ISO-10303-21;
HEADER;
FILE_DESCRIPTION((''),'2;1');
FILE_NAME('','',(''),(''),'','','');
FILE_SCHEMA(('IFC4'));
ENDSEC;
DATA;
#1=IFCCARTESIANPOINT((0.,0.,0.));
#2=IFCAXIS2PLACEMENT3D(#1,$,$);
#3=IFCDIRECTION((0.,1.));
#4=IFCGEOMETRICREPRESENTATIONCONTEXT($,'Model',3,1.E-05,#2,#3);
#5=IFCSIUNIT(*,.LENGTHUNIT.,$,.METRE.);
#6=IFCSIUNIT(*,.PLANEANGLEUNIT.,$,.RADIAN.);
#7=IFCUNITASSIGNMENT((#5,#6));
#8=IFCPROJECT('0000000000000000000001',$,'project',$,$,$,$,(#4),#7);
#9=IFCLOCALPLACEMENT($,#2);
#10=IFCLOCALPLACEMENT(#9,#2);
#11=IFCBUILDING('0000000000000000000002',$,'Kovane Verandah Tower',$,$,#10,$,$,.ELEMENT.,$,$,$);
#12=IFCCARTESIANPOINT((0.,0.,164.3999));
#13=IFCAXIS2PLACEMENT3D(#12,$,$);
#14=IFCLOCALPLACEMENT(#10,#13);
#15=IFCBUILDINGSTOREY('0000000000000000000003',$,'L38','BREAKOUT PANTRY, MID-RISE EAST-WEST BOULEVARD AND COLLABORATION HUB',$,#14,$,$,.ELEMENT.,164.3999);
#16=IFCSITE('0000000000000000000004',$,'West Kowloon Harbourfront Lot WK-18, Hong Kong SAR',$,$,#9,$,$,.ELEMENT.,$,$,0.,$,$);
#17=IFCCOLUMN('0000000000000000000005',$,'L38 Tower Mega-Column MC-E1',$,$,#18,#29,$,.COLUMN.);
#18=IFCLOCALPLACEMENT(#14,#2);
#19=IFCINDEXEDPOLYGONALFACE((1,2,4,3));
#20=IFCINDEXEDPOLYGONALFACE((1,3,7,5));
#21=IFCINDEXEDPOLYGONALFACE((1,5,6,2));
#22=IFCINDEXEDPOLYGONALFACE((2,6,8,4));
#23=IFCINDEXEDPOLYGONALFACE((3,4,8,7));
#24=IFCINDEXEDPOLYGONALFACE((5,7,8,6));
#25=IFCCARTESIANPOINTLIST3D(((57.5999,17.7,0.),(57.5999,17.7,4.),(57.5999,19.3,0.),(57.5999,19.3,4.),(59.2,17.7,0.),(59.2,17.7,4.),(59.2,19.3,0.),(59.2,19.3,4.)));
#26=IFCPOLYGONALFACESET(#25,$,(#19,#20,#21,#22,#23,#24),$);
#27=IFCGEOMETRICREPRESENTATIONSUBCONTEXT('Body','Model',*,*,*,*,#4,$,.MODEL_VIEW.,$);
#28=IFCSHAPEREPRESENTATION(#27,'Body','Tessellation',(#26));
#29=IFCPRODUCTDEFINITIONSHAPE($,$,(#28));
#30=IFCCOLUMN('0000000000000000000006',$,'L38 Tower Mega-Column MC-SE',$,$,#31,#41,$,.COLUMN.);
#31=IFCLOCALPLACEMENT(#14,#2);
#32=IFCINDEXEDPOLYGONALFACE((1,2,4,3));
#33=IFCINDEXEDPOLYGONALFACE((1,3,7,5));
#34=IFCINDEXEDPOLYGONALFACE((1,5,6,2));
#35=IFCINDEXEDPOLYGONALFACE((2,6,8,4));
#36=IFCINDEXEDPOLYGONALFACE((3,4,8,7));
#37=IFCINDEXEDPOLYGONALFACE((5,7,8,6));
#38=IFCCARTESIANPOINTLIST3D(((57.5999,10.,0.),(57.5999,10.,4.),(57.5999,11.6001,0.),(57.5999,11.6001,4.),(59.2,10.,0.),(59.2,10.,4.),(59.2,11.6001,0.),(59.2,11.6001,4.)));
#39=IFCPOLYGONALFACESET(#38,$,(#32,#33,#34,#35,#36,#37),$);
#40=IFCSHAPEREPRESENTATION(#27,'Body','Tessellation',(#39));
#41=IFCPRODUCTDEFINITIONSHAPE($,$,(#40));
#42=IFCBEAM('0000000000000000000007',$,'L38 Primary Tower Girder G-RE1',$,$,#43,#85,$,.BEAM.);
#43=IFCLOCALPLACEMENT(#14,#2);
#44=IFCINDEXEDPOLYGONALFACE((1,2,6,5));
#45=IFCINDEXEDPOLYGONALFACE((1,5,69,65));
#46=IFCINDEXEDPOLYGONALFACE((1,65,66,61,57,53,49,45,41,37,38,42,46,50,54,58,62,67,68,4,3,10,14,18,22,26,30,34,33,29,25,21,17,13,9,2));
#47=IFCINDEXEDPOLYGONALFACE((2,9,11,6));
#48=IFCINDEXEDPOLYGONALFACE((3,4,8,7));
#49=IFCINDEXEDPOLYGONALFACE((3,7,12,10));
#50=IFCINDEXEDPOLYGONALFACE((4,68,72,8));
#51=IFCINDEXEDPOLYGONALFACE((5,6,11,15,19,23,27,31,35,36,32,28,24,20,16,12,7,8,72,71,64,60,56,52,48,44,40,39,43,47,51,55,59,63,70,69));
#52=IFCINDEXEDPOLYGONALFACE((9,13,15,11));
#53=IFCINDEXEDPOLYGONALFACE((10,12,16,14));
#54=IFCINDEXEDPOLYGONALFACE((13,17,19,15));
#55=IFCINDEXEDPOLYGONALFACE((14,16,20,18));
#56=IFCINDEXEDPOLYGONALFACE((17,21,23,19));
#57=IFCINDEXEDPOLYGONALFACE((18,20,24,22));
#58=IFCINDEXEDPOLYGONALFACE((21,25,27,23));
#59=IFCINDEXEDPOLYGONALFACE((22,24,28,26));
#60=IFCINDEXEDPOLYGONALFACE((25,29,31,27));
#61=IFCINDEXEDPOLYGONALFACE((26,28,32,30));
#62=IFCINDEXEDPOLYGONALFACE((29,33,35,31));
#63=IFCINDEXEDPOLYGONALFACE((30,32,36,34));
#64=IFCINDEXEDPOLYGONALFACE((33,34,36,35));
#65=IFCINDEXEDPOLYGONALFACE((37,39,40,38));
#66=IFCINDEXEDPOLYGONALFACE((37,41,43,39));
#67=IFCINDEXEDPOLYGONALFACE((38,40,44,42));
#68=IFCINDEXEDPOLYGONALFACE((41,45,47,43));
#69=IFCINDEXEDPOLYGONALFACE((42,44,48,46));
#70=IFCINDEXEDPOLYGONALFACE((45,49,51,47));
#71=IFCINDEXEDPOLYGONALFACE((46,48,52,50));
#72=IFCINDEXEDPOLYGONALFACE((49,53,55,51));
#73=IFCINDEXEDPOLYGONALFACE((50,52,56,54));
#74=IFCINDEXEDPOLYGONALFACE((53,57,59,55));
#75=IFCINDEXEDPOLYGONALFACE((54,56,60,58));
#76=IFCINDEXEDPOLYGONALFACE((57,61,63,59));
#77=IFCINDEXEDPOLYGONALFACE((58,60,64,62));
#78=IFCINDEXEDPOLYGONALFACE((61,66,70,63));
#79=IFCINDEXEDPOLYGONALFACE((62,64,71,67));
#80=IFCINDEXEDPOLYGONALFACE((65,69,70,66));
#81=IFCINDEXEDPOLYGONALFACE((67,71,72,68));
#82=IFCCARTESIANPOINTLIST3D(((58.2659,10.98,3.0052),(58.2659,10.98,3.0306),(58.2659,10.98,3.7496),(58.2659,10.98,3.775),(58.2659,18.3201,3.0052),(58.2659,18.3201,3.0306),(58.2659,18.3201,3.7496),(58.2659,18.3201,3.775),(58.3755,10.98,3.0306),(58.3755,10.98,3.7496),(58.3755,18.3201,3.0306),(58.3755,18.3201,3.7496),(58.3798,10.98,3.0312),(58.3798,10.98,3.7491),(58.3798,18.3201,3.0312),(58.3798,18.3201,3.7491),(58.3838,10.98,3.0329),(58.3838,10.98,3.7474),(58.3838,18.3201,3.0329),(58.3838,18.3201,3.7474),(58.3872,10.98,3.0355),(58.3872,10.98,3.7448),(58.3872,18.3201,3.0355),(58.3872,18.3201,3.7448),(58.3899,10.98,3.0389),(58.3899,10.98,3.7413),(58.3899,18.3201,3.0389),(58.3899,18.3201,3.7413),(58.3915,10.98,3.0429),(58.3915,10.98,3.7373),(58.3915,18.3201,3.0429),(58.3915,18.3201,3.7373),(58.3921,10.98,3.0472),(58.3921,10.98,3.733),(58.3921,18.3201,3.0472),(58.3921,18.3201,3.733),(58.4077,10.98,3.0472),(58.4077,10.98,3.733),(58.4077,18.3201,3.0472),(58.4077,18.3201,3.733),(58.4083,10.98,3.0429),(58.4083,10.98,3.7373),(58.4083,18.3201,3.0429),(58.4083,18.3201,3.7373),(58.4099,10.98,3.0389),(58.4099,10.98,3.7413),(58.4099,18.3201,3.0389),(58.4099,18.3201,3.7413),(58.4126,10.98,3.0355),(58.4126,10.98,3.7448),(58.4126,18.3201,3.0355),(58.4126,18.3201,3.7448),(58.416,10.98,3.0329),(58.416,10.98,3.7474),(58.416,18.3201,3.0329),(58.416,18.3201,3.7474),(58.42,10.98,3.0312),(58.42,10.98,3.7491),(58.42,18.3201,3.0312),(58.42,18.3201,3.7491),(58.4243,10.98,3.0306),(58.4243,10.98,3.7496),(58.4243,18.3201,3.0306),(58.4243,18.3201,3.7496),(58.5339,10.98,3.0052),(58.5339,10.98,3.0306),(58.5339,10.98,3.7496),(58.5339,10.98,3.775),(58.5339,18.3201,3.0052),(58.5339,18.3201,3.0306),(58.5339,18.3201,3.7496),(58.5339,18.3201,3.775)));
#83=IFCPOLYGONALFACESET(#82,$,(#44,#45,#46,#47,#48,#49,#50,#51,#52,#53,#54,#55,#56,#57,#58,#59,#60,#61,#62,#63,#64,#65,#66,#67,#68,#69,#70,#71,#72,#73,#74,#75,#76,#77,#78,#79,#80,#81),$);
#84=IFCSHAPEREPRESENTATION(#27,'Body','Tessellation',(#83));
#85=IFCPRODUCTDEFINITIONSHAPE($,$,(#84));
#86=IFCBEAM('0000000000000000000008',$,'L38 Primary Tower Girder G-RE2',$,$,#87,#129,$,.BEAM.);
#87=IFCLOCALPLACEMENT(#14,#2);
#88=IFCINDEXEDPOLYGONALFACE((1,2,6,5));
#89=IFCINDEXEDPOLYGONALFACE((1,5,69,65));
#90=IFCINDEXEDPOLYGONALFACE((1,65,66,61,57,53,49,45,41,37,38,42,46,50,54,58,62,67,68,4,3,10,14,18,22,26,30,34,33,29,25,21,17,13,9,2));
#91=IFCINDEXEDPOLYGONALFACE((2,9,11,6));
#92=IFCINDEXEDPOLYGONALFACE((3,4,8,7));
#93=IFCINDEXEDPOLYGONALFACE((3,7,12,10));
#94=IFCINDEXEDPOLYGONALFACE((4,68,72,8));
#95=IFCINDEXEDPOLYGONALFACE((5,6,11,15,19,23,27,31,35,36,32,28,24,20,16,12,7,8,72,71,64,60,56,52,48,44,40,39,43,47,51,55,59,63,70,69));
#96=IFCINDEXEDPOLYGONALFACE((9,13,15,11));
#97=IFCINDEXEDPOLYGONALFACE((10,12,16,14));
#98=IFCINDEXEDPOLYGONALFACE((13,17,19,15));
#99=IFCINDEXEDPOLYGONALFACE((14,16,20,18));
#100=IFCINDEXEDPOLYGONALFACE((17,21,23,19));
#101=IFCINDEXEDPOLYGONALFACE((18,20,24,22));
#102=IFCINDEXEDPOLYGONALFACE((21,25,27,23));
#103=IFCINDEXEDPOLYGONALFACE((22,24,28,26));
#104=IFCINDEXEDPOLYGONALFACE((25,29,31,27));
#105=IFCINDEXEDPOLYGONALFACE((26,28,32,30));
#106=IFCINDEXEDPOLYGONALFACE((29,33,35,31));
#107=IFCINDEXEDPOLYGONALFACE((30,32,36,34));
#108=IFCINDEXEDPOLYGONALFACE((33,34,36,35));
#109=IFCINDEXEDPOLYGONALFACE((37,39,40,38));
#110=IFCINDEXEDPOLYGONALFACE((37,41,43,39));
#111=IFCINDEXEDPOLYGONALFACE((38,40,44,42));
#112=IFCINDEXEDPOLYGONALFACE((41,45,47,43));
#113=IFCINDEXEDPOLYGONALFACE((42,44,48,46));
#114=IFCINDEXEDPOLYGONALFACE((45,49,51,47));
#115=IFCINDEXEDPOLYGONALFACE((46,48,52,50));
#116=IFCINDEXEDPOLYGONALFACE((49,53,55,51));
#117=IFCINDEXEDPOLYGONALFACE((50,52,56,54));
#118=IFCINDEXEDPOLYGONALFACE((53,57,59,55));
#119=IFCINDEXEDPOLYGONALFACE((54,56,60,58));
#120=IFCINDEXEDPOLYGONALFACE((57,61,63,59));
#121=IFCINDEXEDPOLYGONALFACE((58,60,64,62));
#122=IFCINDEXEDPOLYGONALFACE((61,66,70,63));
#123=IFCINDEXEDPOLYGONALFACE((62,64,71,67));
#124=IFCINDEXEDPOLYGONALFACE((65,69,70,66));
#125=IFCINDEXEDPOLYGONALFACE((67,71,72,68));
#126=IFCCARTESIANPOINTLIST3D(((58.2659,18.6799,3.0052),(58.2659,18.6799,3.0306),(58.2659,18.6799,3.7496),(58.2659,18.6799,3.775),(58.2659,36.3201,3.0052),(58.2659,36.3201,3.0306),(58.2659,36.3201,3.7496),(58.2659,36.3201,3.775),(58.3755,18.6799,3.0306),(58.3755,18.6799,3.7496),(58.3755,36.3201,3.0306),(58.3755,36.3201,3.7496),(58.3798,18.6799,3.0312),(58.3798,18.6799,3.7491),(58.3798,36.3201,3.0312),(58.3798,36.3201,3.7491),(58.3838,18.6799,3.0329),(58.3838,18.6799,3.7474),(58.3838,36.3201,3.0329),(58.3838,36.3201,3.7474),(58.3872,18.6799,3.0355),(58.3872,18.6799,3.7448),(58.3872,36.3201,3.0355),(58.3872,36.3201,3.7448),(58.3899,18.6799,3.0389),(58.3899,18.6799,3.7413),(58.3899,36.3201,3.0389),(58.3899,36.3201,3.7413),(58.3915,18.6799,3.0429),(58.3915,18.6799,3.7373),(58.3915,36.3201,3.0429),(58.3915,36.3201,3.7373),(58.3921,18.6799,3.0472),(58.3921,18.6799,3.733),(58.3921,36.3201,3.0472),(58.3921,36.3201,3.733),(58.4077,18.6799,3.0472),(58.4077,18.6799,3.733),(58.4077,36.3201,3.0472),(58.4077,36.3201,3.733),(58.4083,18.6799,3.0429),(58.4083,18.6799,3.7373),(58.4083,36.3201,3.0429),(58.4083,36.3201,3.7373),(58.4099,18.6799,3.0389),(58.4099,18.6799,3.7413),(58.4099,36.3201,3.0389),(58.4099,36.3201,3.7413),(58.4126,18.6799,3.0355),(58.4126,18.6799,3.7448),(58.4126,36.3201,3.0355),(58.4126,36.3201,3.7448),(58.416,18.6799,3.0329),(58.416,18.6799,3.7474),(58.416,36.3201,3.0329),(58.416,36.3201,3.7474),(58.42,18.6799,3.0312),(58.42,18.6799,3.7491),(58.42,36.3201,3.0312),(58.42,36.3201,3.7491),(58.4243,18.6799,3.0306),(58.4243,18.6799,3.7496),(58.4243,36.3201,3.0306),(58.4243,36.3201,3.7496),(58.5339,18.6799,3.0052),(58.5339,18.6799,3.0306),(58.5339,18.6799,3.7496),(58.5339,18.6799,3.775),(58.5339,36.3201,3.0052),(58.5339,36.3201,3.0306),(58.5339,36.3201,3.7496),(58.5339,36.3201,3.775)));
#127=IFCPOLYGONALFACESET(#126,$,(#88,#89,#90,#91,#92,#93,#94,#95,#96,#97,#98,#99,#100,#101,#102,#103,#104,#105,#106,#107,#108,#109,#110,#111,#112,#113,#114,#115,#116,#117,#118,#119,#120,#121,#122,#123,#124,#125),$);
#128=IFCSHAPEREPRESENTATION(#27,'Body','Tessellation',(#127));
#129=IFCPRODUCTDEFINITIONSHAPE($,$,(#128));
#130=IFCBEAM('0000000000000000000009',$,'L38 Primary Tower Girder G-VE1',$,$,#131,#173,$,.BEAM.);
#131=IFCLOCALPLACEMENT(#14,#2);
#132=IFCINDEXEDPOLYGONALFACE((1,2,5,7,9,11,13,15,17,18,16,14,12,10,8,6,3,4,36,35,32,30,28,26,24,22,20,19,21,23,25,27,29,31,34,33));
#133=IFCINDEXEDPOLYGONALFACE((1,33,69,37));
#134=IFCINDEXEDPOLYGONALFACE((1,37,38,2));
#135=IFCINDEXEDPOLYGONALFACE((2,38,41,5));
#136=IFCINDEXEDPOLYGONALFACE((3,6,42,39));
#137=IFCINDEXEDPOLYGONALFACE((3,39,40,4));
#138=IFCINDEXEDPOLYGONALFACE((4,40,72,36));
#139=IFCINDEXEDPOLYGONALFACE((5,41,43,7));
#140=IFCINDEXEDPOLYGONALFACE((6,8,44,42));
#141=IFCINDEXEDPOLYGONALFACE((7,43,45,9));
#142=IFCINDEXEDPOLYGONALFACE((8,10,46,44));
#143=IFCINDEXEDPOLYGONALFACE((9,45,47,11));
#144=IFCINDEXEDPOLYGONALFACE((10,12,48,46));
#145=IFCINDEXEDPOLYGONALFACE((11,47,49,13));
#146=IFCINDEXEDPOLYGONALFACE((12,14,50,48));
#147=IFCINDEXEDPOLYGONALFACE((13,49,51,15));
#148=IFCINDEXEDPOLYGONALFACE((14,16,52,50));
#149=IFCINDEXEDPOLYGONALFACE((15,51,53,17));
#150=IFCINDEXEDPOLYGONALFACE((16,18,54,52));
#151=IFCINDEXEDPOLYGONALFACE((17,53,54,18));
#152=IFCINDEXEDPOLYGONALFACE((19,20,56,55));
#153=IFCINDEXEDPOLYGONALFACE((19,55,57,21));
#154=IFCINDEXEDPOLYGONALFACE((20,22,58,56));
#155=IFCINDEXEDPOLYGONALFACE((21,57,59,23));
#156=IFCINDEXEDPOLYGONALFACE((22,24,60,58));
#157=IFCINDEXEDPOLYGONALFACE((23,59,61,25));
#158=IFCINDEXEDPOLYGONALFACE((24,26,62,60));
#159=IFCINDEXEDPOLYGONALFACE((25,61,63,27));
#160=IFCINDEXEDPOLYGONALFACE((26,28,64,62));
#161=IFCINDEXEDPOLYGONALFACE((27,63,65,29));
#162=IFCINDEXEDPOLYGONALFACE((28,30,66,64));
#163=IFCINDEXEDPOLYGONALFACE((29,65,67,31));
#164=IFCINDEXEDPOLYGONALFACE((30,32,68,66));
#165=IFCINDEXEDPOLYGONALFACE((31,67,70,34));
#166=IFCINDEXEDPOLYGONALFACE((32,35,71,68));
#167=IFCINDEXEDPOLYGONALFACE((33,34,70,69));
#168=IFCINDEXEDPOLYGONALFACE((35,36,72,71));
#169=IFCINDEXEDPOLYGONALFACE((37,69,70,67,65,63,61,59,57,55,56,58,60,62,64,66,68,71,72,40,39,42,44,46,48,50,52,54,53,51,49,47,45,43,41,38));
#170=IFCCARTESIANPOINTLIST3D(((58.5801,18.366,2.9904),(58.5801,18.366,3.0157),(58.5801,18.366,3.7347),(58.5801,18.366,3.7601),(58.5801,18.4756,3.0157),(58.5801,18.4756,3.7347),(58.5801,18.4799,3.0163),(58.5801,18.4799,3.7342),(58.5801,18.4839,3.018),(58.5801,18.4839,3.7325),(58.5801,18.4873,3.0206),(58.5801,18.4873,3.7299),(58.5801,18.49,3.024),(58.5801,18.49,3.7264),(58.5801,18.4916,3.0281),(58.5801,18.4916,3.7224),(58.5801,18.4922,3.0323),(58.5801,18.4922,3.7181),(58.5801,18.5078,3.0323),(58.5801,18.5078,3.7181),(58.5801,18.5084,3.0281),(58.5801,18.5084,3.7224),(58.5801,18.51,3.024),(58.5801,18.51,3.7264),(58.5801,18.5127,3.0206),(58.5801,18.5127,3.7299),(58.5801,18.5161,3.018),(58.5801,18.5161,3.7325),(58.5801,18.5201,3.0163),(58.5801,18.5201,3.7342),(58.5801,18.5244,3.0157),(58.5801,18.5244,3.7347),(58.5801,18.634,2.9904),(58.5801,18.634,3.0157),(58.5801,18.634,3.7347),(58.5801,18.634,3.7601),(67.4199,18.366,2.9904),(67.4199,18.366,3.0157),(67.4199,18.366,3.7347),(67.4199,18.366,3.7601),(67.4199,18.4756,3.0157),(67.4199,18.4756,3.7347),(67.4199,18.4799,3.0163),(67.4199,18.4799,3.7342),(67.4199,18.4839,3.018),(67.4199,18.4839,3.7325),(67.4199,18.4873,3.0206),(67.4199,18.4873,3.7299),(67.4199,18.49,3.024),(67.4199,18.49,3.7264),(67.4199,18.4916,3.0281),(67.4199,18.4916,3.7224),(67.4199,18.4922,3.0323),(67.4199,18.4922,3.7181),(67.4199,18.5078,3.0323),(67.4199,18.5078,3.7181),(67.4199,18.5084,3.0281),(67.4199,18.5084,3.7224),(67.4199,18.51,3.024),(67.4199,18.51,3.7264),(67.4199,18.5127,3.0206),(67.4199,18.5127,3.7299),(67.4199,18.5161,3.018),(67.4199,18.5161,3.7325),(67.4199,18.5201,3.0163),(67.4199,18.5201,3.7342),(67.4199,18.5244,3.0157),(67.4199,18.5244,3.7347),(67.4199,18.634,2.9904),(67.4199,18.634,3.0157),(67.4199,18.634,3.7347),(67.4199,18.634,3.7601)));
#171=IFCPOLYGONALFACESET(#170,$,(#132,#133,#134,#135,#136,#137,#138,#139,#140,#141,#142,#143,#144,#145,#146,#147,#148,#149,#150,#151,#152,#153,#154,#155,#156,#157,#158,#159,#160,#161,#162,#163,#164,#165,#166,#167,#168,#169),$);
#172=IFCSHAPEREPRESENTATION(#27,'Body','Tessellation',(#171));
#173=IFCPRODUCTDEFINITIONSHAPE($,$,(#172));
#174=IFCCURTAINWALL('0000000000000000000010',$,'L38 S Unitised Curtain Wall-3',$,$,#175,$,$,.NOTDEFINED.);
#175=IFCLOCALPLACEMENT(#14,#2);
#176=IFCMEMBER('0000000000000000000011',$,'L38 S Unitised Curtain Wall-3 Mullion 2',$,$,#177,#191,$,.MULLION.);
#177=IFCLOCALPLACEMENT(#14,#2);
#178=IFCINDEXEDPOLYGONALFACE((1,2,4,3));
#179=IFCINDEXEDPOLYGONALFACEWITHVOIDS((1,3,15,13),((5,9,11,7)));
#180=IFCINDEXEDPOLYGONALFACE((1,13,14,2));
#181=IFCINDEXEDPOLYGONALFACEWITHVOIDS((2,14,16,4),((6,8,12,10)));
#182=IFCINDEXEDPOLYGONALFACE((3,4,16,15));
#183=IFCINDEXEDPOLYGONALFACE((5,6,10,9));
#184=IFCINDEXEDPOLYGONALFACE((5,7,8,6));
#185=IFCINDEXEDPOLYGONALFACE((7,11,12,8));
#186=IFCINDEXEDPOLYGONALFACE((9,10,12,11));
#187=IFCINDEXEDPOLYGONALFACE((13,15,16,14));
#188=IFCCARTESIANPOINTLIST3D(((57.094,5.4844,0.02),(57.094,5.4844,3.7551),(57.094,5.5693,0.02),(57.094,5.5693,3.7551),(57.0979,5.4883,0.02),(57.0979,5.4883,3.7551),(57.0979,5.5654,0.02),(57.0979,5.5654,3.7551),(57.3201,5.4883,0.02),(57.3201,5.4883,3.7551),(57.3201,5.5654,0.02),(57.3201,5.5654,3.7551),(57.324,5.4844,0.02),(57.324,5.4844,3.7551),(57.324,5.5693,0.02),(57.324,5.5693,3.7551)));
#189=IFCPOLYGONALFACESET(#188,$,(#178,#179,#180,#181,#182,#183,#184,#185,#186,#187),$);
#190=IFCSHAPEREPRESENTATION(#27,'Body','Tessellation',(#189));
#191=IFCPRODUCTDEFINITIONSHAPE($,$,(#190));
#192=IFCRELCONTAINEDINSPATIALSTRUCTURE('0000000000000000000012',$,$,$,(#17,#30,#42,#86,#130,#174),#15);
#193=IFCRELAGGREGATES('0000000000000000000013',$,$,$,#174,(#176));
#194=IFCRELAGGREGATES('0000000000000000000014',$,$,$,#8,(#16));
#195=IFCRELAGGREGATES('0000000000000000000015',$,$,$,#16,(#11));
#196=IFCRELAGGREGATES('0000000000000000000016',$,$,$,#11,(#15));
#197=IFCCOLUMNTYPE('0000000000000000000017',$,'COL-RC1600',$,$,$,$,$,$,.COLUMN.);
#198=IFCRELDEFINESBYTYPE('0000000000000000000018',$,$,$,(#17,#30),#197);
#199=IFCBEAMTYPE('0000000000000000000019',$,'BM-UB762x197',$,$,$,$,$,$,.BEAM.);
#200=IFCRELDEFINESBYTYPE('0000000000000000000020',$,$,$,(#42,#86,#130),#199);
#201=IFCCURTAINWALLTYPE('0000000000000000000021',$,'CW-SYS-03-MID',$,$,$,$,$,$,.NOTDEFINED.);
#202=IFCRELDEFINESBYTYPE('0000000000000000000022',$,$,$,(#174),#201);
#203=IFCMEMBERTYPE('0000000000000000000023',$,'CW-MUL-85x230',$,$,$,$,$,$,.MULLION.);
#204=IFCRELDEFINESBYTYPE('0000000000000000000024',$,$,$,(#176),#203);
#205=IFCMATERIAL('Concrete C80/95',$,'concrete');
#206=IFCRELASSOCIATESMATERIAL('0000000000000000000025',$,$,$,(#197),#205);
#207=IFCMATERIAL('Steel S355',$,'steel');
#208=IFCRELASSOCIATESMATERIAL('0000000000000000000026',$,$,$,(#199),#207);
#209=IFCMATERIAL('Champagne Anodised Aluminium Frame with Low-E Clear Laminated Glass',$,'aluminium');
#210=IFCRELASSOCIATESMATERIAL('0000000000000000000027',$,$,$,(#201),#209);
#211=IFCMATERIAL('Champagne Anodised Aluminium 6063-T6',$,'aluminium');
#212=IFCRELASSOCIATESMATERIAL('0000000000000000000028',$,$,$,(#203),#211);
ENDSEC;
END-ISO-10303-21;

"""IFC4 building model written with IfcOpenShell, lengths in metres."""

from ifc_helpers import new_model, si_unit, direction, frame, origin, origin_2d, place, context, subcontext, project, spatial, rectangle, hollow_rectangle, i_section, extrude, material, material_profile, profile_set, type_object, element, aggregate, save


model = new_model("IFC4")

# Units and contexts
model_context = context("Model", 3, precision=1e-05, world=origin(), true_north=direction((0.0, 1.0)))
body_context = subcontext(model_context, "Body", "Model", "MODEL_VIEW")
ifc_project = project(units=[si_unit("LENGTHUNIT", "METRE"), si_unit("PLANEANGLEUNIT", "RADIAN")], contexts=[model_context])

# Site, building, storey
site_placement = place(None, origin())
site = spatial("IfcSite", under=ifc_project, at=site_placement, Name="West Kowloon Harbourfront Lot WK-18, Hong Kong SAR", CompositionType="ELEMENT", RefElevation=0.0)
building_placement = place(site_placement, origin())
building = spatial("IfcBuilding", under=site, at=building_placement, Name="Kovane Verandah Tower", CompositionType="ELEMENT")
storey_placement = place(building_placement, frame((0.0, 0.0, 164.3999)))
storey = spatial("IfcBuildingStorey", under=building, at=storey_placement, Name="L38", Description="BREAKOUT PANTRY, MID-RISE EAST-WEST BOULEVARD AND COLLABORATION HUB", CompositionType="ELEMENT", Elevation=164.3999)

# Columns
ifc_material_1 = material(Name="Concrete C80/95", Category="concrete")
ifc_material_profile_1 = material_profile(ifc_material_1, rectangle(XDim=1.6001, YDim=1.6001, at=origin_2d()), Name="RC1600x1600")
ifc_profile_set_1 = profile_set([ifc_material_profile_1], Name="Concrete C80/95")
column_type = type_object("IfcColumnType", Name="COL-RC1600", PredefinedType="COLUMN", material=ifc_profile_set_1)
for number, where, z_axis, x_axis, name in (
    (1, (58.3999, 18.5, 0.0), (0.0, 0.0, 1.0), (1.0, 0.0, 0.0), "L38 Tower Mega-Column MC-E1"),
    (2, (58.3999, 10.8, 0.0), (0.0, 0.0, 1.0), (1.0, 0.0, 0.0), "L38 Tower Mega-Column MC-SE"),
):
    element("IfcColumn", number, at=place(storey_placement, frame(where, z_axis=z_axis, x_axis=x_axis)), inside=storey, type_object=column_type, Name=name, PredefinedType="COLUMN", context=body_context, shape_type="SweptSolid", body=[
        extrude(rectangle(XDim=1.6001, YDim=1.6001, at=origin_2d()), origin(), (0.0, 0.0, 1.0), 4.0),
    ])

# Beams
ifc_material_2 = material(Name="Steel S355", Category="steel")
ifc_material_profile_2 = material_profile(ifc_material_2, i_section(OverallWidth=0.2681, OverallDepth=0.7698, WebThickness=0.0156, FlangeThickness=0.0254, FilletRadius=0.0166, at=origin_2d()), Name="UB762x267x197")
ifc_profile_set_2 = profile_set([ifc_material_profile_2], Name="Steel S355")
beam_type_1 = type_object("IfcBeamType", Name="BM-UB762x197", PredefinedType="BEAM", material=ifc_profile_set_2)
beam_1_placement = place(storey_placement, frame((58.3999, 10.98, 3.3901), z_axis=(0.0, 1.0, 0.0), x_axis=(-1.0, 0.0, 0.0)))
element("IfcBeam", 3, at=beam_1_placement, inside=storey, type_object=beam_type_1, Name="L38 Primary Tower Girder G-RE1", PredefinedType="BEAM", context=body_context, shape_type="SweptSolid", body=[
    extrude(i_section(OverallWidth=0.2681, OverallDepth=0.7698, WebThickness=0.0156, FlangeThickness=0.0254, FilletRadius=0.0166, at=origin_2d()), origin(), (0.0, 0.0, 1.0), 7.3401),
])
beam_2_placement = place(storey_placement, frame((58.3999, 18.6799, 3.3901), z_axis=(0.0, 1.0, 0.0), x_axis=(-1.0, 0.0, 0.0)))
element("IfcBeam", 4, at=beam_2_placement, inside=storey, type_object=beam_type_1, Name="L38 Primary Tower Girder G-RE2", PredefinedType="BEAM", context=body_context, shape_type="SweptSolid", body=[
    extrude(i_section(OverallWidth=0.2681, OverallDepth=0.7698, WebThickness=0.0156, FlangeThickness=0.0254, FilletRadius=0.0166, at=origin_2d()), origin(), (0.0, 0.0, 1.0), 17.6401),
])
beam_3_placement = place(storey_placement, frame((58.5801, 18.5, 3.3752), z_axis=(1.0, 0.0, 0.0), x_axis=(0.0, 1.0, 0.0)))
element("IfcBeam", 5, at=beam_3_placement, inside=storey, type_object=beam_type_1, Name="L38 Primary Tower Girder G-VE1", PredefinedType="BEAM", context=body_context, shape_type="SweptSolid", body=[
    extrude(i_section(OverallWidth=0.2681, OverallDepth=0.7698, WebThickness=0.0156, FlangeThickness=0.0254, FilletRadius=0.0166, at=origin_2d()), origin(), (0.0, 0.0, 1.0), 8.8398),
])

# Curtain wall, member
ifc_material_3 = material(Name="Champagne Anodised Aluminium Frame with Low-E Clear Laminated Glass", Category="aluminium")
curtain_wall_type = type_object("IfcCurtainWallType", Name="CW-SYS-03-MID", PredefinedType="NOTDEFINED", material=ifc_material_3)
curtain_wall_placement = place(storey_placement, origin())
curtain_wall = element("IfcCurtainWall", 6, at=curtain_wall_placement, inside=storey, type_object=curtain_wall_type, Name="L38 S Unitised Curtain Wall-3", PredefinedType="NOTDEFINED")
ifc_material_4 = material(Name="Champagne Anodised Aluminium 6063-T6", Category="aluminium")
ifc_material_profile_3 = material_profile(ifc_material_4, hollow_rectangle(XDim=0.085, YDim=0.23, WallThickness=0.0039, at=origin_2d()), Name="AL85x230x4")
ifc_profile_set_3 = profile_set([ifc_material_profile_3], Name="Champagne Anodised Aluminium 6063-T6")
member_type_1 = type_object("IfcMemberType", Name="CW-MUL-85x230", PredefinedType="MULLION", material=ifc_profile_set_3)
member_1_placement = place(storey_placement, frame((57.209, 5.5269, 0.02), z_axis=(0.0, 0.0, 1.0), x_axis=(0.0, -1.0, 0.0)))
member_1 = element("IfcMember", 7, at=member_1_placement, type_object=member_type_1, Name="L38 S Unitised Curtain Wall-3 Mullion 2", PredefinedType="MULLION", context=body_context, shape_type="SweptSolid", body=[
    extrude(hollow_rectangle(XDim=0.085, YDim=0.23, WallThickness=0.0039, at=origin_2d()), origin(), (0.0, 0.0, 1.0), 3.7351),
])

aggregate(curtain_wall, [member_1])

save(model, "model.ifc")
